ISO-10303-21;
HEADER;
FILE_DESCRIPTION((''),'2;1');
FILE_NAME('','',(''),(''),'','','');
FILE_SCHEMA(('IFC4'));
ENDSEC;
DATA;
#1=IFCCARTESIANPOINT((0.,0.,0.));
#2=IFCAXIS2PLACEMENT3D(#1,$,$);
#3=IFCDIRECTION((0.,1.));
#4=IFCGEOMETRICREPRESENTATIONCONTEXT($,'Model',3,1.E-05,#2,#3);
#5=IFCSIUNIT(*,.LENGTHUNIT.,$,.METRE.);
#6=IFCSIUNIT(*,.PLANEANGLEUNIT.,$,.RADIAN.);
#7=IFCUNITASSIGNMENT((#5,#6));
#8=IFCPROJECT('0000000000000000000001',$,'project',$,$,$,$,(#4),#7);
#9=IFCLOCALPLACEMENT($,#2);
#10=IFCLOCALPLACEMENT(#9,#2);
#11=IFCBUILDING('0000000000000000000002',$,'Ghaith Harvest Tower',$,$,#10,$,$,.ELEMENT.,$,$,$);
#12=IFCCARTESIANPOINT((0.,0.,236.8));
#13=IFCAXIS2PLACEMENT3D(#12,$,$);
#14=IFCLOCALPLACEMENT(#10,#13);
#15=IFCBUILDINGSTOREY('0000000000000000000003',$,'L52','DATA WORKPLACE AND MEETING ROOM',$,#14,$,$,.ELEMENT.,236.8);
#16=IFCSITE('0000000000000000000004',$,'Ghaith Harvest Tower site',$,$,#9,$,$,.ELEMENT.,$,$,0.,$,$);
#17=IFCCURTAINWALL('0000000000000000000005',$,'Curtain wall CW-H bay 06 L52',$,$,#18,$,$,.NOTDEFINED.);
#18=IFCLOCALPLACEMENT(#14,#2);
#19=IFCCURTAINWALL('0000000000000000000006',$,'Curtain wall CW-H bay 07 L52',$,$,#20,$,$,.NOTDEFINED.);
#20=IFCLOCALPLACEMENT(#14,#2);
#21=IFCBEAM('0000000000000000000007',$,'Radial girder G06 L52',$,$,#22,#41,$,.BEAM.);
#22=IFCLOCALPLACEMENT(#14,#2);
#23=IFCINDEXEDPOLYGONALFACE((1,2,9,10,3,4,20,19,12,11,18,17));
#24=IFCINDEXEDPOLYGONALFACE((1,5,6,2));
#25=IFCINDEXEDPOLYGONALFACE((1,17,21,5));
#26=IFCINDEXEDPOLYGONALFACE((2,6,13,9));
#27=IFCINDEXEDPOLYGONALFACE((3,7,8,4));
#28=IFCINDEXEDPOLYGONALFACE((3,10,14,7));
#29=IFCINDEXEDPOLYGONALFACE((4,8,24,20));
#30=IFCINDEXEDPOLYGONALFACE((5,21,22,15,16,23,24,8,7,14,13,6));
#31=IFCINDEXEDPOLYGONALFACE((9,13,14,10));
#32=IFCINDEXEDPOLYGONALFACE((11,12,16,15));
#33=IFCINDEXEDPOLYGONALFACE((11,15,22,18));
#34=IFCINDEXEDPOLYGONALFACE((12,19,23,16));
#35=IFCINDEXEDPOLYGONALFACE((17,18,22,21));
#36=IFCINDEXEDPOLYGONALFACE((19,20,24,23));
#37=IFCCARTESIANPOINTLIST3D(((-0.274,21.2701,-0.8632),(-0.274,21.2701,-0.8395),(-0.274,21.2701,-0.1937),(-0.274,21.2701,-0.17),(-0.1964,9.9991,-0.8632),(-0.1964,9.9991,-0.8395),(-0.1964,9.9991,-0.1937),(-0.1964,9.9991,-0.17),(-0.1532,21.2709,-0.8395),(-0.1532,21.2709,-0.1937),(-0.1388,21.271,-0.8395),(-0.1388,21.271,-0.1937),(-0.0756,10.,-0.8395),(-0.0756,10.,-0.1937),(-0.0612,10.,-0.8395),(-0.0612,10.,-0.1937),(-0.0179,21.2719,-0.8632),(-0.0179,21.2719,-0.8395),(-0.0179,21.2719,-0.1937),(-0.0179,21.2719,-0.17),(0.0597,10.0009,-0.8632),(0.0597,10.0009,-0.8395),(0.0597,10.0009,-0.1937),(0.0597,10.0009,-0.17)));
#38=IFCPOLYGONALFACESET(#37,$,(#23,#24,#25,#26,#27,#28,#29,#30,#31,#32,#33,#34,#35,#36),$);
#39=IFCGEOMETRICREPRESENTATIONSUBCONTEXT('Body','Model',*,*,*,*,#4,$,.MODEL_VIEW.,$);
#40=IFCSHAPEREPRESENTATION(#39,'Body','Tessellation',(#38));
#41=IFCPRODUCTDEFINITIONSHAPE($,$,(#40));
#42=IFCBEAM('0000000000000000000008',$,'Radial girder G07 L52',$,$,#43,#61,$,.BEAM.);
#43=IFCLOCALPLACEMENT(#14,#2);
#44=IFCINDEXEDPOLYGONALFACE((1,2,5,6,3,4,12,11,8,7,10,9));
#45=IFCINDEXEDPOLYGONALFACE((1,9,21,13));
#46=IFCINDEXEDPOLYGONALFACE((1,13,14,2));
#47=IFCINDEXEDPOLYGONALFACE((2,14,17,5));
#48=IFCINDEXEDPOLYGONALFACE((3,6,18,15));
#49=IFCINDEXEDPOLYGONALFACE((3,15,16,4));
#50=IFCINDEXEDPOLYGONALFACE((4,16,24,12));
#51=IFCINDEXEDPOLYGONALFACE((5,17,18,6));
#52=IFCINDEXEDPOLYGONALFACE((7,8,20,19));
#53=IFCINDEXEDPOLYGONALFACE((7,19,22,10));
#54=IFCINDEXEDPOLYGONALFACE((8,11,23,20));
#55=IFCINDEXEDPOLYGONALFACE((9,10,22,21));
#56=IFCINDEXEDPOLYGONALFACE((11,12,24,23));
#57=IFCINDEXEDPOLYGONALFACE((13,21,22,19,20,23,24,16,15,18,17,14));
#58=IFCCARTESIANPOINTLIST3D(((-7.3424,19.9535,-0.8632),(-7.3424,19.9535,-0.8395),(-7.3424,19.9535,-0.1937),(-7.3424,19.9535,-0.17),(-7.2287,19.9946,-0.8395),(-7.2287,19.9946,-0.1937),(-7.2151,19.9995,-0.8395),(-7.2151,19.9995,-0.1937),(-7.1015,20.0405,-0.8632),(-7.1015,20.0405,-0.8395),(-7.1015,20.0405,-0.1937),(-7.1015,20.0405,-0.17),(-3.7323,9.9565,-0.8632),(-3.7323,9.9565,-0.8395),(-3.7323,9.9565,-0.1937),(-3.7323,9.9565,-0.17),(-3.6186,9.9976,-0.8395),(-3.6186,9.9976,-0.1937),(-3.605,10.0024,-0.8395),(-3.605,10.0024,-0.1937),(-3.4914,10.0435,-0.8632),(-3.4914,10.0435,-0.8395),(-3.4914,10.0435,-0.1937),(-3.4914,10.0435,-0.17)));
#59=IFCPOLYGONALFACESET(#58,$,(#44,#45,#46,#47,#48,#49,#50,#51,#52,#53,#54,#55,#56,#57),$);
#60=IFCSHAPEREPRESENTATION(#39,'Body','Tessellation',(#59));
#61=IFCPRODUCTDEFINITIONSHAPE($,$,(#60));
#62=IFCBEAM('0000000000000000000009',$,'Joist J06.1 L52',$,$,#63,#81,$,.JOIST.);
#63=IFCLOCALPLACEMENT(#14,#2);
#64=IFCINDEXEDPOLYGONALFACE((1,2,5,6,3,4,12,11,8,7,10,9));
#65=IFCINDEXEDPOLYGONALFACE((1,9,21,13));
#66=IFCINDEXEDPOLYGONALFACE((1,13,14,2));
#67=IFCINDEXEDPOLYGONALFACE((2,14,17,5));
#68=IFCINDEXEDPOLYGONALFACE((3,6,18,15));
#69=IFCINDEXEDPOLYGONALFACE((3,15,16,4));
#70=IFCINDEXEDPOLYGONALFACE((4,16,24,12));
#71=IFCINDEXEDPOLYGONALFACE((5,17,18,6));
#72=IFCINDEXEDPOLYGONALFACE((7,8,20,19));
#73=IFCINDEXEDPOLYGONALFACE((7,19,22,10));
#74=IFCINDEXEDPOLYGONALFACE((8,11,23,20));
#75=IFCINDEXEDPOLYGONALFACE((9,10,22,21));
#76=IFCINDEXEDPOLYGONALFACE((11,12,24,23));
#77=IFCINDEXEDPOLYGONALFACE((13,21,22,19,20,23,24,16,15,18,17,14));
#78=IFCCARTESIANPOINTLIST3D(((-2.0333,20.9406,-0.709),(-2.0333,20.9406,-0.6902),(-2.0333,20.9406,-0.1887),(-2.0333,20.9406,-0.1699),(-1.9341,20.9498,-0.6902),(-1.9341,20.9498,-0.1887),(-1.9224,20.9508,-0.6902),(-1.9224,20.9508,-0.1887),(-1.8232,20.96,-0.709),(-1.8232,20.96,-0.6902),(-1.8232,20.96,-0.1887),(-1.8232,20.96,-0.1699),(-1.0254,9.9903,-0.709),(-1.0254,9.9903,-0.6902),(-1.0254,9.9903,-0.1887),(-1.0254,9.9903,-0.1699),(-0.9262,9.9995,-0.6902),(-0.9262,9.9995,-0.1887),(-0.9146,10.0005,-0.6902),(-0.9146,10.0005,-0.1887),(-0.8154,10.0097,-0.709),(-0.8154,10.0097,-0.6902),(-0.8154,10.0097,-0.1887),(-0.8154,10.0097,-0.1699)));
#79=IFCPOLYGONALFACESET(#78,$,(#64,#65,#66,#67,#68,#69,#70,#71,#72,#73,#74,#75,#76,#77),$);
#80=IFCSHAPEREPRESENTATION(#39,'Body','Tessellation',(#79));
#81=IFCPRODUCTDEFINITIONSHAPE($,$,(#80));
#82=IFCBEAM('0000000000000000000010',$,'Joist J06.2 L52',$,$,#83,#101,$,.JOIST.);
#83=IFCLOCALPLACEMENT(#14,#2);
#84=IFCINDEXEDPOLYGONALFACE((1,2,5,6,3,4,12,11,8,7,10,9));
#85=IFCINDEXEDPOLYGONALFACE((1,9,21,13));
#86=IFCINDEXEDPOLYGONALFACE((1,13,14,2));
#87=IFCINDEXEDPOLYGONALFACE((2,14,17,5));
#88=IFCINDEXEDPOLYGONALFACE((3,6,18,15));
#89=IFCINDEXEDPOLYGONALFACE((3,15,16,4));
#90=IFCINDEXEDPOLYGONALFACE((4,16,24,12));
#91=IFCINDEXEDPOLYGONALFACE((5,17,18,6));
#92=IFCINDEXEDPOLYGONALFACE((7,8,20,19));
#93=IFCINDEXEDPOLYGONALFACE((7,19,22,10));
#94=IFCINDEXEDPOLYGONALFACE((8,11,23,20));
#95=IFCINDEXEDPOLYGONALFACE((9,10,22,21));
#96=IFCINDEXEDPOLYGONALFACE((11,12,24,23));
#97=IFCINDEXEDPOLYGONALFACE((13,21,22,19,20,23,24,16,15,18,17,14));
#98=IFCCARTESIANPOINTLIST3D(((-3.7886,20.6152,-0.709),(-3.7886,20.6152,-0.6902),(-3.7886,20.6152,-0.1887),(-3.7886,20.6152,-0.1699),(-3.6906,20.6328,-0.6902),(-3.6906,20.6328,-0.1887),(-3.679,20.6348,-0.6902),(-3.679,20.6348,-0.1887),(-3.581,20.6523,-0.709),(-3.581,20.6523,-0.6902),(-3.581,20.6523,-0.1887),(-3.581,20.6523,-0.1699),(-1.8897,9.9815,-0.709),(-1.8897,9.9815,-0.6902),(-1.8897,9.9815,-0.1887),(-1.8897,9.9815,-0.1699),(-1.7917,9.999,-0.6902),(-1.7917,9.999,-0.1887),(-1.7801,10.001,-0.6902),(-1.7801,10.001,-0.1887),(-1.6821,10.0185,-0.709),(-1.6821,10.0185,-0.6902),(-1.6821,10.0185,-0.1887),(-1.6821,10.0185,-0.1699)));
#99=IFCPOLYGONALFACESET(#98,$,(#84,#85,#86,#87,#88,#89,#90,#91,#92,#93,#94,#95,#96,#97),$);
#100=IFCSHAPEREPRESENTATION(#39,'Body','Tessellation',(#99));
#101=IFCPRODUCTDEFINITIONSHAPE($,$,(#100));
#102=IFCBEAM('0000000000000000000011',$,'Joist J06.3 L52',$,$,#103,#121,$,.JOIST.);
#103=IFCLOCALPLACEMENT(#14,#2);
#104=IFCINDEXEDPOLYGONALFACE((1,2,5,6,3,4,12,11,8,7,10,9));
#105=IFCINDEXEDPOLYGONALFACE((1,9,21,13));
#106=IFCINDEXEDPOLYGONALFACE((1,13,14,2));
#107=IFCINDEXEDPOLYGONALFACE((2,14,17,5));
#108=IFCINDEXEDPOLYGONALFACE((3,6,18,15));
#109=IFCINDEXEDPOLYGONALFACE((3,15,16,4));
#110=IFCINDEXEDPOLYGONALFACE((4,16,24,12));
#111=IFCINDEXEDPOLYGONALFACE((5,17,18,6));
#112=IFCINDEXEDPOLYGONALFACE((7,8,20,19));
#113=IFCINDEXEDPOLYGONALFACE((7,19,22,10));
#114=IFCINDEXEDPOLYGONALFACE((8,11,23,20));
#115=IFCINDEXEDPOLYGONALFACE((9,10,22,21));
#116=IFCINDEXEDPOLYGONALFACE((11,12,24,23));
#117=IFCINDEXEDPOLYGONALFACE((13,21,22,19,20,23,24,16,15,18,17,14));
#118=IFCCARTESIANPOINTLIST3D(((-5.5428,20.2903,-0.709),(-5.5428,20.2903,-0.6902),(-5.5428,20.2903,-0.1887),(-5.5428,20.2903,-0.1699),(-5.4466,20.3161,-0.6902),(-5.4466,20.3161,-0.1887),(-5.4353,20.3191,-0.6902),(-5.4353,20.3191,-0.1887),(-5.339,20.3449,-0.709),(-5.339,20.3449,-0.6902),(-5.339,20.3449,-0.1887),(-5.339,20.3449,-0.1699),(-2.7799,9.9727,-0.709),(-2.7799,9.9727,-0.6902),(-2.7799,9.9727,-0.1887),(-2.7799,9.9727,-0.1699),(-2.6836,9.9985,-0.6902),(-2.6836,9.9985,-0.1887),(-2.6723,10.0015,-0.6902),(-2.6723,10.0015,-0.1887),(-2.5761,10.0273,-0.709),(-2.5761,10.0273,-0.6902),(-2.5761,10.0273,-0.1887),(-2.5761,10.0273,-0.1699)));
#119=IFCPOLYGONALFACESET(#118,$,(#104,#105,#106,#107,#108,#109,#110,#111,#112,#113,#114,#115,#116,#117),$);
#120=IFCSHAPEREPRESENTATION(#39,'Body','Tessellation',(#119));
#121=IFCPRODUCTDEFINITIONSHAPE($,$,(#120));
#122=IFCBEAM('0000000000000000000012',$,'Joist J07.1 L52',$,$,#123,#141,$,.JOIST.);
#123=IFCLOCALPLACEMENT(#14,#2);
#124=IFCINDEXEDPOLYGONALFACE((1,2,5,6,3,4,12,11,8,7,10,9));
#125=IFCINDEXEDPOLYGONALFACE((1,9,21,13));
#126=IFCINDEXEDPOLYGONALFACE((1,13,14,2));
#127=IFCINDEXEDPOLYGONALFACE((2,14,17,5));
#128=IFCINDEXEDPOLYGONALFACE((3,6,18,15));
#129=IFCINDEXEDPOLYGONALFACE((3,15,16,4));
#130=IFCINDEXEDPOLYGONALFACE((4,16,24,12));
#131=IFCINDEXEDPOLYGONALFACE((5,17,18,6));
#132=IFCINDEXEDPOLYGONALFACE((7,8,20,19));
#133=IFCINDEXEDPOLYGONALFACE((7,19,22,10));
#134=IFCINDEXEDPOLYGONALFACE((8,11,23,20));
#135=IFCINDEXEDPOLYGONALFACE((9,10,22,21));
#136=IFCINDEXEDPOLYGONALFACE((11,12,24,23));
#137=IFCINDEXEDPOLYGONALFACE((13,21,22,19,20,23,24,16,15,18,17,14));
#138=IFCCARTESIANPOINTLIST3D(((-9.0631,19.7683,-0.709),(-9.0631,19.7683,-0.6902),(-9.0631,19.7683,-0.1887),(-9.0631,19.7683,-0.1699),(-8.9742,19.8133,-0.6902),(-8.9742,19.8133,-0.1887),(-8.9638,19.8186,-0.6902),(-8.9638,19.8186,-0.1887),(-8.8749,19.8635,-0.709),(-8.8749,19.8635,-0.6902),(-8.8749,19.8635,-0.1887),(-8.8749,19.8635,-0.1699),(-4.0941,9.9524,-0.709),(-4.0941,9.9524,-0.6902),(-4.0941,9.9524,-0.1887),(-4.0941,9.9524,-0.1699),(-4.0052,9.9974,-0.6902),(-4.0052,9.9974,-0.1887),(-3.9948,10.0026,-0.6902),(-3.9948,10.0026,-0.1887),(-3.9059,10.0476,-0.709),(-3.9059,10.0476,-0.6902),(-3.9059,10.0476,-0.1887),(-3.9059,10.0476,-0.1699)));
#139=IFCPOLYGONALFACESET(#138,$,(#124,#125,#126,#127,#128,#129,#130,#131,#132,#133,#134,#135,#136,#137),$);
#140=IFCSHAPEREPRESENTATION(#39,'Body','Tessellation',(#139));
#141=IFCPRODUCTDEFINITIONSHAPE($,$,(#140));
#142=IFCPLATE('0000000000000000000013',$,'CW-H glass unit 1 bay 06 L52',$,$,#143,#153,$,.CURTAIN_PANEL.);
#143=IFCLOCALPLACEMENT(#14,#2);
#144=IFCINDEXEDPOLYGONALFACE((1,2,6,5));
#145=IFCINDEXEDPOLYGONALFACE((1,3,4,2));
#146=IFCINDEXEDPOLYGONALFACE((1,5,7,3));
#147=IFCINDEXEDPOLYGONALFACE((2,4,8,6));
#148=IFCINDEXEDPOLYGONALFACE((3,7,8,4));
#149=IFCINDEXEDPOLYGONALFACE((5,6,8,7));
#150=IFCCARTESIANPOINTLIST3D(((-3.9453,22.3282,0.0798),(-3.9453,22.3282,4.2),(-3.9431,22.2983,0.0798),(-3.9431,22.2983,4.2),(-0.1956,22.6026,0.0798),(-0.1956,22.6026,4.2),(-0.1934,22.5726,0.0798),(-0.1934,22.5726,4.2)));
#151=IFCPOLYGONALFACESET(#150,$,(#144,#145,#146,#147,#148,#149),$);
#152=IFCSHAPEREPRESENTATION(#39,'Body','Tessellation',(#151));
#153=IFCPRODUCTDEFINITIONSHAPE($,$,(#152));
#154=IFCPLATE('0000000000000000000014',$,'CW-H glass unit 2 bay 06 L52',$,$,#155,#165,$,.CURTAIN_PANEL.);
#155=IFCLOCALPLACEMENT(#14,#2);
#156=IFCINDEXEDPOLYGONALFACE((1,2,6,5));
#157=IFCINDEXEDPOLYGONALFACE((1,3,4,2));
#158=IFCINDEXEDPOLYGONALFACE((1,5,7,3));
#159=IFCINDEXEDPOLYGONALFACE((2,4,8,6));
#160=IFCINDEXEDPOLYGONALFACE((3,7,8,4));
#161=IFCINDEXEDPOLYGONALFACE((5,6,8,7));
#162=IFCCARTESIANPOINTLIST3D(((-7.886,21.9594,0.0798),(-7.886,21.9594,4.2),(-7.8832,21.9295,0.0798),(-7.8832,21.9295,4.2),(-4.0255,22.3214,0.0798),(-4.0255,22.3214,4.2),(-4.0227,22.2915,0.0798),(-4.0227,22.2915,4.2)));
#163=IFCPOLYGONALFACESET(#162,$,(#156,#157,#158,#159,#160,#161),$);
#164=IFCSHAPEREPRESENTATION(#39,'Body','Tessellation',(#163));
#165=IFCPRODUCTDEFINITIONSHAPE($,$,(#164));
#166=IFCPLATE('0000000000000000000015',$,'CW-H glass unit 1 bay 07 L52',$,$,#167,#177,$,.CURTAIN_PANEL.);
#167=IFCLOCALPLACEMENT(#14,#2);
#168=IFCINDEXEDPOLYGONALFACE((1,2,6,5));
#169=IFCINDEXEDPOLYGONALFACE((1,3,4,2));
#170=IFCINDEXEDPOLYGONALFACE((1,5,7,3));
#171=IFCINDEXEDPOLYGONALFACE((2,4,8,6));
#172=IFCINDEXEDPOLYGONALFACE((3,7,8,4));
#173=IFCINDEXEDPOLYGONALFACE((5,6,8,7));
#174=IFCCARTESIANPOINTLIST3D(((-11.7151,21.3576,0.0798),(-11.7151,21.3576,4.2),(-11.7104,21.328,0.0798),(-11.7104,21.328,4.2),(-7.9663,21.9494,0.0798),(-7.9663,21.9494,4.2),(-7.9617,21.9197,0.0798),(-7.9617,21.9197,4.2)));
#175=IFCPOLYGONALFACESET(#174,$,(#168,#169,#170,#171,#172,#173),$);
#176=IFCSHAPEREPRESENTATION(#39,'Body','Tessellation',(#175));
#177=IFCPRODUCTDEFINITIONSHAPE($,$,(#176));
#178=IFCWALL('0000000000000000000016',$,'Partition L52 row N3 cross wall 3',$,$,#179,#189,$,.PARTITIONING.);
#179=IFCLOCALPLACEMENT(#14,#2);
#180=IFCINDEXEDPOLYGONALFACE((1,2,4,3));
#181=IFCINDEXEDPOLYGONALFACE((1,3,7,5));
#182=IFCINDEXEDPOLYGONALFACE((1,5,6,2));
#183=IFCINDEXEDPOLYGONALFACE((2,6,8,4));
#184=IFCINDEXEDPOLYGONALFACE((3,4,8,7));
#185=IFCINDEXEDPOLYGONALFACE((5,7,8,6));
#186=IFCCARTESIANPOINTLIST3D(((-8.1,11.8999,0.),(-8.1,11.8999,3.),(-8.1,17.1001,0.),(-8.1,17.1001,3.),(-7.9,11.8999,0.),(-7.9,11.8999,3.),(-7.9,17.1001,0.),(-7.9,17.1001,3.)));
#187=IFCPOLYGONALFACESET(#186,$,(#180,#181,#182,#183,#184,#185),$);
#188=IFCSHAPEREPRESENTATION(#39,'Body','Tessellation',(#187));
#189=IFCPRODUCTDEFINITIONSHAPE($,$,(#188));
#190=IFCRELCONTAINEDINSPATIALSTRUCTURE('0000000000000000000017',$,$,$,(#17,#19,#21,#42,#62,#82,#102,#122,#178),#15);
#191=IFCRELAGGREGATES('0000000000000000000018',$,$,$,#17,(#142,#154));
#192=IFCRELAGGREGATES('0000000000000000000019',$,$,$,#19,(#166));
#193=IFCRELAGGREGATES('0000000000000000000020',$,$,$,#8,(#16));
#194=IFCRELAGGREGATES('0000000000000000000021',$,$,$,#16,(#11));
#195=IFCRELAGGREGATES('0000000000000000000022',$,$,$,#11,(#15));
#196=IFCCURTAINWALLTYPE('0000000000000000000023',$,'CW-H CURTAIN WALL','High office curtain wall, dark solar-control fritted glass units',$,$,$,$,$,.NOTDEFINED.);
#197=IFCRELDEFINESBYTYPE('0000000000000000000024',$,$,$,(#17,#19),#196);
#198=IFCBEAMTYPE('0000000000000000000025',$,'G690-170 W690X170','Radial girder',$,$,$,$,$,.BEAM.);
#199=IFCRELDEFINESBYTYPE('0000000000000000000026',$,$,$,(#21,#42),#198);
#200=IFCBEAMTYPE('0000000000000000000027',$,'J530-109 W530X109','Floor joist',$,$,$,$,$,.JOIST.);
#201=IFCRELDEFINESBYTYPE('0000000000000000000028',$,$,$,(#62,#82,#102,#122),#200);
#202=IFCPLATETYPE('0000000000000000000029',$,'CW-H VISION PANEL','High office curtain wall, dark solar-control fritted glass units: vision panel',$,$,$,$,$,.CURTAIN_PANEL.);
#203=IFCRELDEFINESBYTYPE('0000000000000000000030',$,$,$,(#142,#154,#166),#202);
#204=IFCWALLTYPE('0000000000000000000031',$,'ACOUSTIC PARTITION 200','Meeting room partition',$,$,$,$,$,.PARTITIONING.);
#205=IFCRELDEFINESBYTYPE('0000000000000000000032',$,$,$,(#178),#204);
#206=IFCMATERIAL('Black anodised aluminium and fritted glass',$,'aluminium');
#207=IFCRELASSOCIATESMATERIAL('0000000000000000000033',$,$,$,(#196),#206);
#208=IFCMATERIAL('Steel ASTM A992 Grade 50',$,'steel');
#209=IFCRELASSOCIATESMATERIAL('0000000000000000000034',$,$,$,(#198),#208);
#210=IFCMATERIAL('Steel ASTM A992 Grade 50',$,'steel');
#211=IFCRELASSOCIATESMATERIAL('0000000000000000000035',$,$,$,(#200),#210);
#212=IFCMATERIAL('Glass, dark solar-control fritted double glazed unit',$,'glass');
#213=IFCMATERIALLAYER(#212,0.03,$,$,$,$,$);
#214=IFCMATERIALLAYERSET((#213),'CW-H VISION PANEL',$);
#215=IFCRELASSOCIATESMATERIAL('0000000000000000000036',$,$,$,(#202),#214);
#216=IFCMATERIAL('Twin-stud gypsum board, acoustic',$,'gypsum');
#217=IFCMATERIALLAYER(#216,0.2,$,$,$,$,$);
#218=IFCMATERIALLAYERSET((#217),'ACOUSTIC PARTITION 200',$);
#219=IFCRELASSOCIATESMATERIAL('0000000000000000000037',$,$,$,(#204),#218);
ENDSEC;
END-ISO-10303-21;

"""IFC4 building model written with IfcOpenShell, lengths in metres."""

from ifc_helpers import new_model, si_unit, direction, frame, frame_2d, origin, origin_2d, place, context, subcontext, project, spatial, rectangle, i_section, extrude, material, layer, layer_set, material_profile, profile_set, type_object, element, aggregate, save


model = new_model("IFC4")

# Units and contexts
model_context = context("Model", 3, precision=1e-05, world=origin(), true_north=direction((0.0, 1.0)))
body_context = subcontext(model_context, "Body", "Model", "MODEL_VIEW")
ifc_project = project(units=[si_unit("LENGTHUNIT", "METRE"), si_unit("PLANEANGLEUNIT", "RADIAN")], contexts=[model_context])

# Site, building, storey
site_placement = place(None, origin())
site = spatial("IfcSite", under=ifc_project, at=site_placement, Name="Ghaith Harvest Tower site", CompositionType="ELEMENT", RefElevation=0.0)
building_placement = place(site_placement, origin())
building = spatial("IfcBuilding", under=site, at=building_placement, Name="Ghaith Harvest Tower", CompositionType="ELEMENT")
storey_placement = place(building_placement, frame((0.0, 0.0, 236.8)))
storey = spatial("IfcBuildingStorey", under=building, at=storey_placement, Name="L52", Description="DATA WORKPLACE AND MEETING ROOM", CompositionType="ELEMENT", Elevation=236.8)

# Curtain walls
ifc_material_1 = material(Name="Black anodised aluminium and fritted glass", Category="aluminium")
curtain_wall_type = type_object("IfcCurtainWallType", Name="CW-H CURTAIN WALL", Description="High office curtain wall, dark solar-control fritted glass units", PredefinedType="NOTDEFINED", material=ifc_material_1)
curtain_wall_1_placement = place(storey_placement, origin())
curtain_wall_1 = element("IfcCurtainWall", 1, at=curtain_wall_1_placement, inside=storey, type_object=curtain_wall_type, Name="Curtain wall CW-H bay 06 L52", PredefinedType="NOTDEFINED")
curtain_wall_2_placement = place(storey_placement, origin())
curtain_wall_2 = element("IfcCurtainWall", 2, at=curtain_wall_2_placement, inside=storey, type_object=curtain_wall_type, Name="Curtain wall CW-H bay 07 L52", PredefinedType="NOTDEFINED")

# Beams
ifc_material_2 = material(Name="Steel ASTM A992 Grade 50", Category="steel")
ifc_material_profile_1 = material_profile(ifc_material_2, i_section(OverallWidth=0.2561, OverallDepth=0.6931, WebThickness=0.0144, FlangeThickness=0.0237, at=origin_2d()), Name="W690X170")
ifc_profile_set_1 = profile_set([ifc_material_profile_1], Name="Steel ASTM A992 Grade 50")
beam_type_1 = type_object("IfcBeamType", Name="G690-170 W690X170", Description="Radial girder", PredefinedType="BEAM", material=ifc_profile_set_1)
beam_1_placement = place(storey_placement, frame((-0.0684, 10.0, -0.5166), z_axis=(-0.006888, 0.999976, 0.0), x_axis=(-0.999976, -0.006888, 0.0)))
element("IfcBeam", 3, at=beam_1_placement, inside=storey, type_object=beam_type_1, Name="Radial girder G06 L52", PredefinedType="BEAM", context=body_context, shape_type="SweptSolid", body=[
    extrude(i_section(OverallWidth=0.2561, OverallDepth=0.6931, WebThickness=0.0144, FlangeThickness=0.0237, at=origin_2d()), origin(), (0.0, 0.0, 1.0), 11.2712),
])
beam_2_placement = place(storey_placement, frame((-3.6118, 10.0, -0.5166), z_axis=(-0.339649, 0.940552, 0.0), x_axis=(-0.940552, -0.339649, 0.0)))
element("IfcBeam", 4, at=beam_2_placement, inside=storey, type_object=beam_type_1, Name="Radial girder G07 L52", PredefinedType="BEAM", context=body_context, shape_type="SweptSolid", body=[
    extrude(i_section(OverallWidth=0.2561, OverallDepth=0.6931, WebThickness=0.0144, FlangeThickness=0.0237, at=origin_2d()), origin(), (0.0, 0.0, 1.0), 10.6289),
])
ifc_material_3 = material(Name="Steel ASTM A992 Grade 50", Category="steel")
ifc_material_profile_2 = material_profile(ifc_material_3, i_section(OverallWidth=0.2109, OverallDepth=0.5391, WebThickness=0.0117, FlangeThickness=0.0188, at=origin_2d()), Name="W530X109")
ifc_profile_set_2 = profile_set([ifc_material_profile_2], Name="Steel ASTM A992 Grade 50")
beam_type_2 = type_object("IfcBeamType", Name="J530-109 W530X109", Description="Floor joist", PredefinedType="JOIST", material=ifc_profile_set_2)
beam_3_placement = place(storey_placement, frame((-0.9204, 10.0, -0.4395), z_axis=(-0.091649, 0.995791, 0.0), x_axis=(-0.995791, -0.091649, 0.0)))
element("IfcBeam", 5, at=beam_3_placement, inside=storey, type_object=beam_type_2, Name="Joist J06.1 L52", PredefinedType="JOIST", context=body_context, shape_type="SweptSolid", body=[
    extrude(i_section(OverallWidth=0.2109, OverallDepth=0.5391, WebThickness=0.0117, FlangeThickness=0.0188, at=origin_2d()), origin(), (0.0, 0.0, 1.0), 10.9966),
])
beam_4_placement = place(storey_placement, frame((-1.7859, 10.0, -0.4395), z_axis=(-0.175794, 0.984427, 0.0), x_axis=(-0.984427, -0.175794, 0.0)))
element("IfcBeam", 6, at=beam_4_placement, inside=storey, type_object=beam_type_2, Name="Joist J06.2 L52", PredefinedType="JOIST", context=body_context, shape_type="SweptSolid", body=[
    extrude(i_section(OverallWidth=0.2109, OverallDepth=0.5391, WebThickness=0.0117, FlangeThickness=0.0188, at=origin_2d()), origin(), (0.0, 0.0, 1.0), 10.802),
])
beam_5_placement = place(storey_placement, frame((-2.678, 10.0, -0.4395), z_axis=(-0.258674, 0.965965, 0.0), x_axis=(-0.965965, -0.258674, 0.0)))
element("IfcBeam", 7, at=beam_5_placement, inside=storey, type_object=beam_type_2, Name="Joist J06.3 L52", PredefinedType="JOIST", context=body_context, shape_type="SweptSolid", body=[
    extrude(i_section(OverallWidth=0.2109, OverallDepth=0.5391, WebThickness=0.0117, FlangeThickness=0.0188, at=origin_2d()), origin(), (0.0, 0.0, 1.0), 10.6812),
])
beam_6_placement = place(storey_placement, frame((-4.0, 10.0, -0.4395), z_axis=(-0.451646, 0.892197, 0.0), x_axis=(-0.892197, -0.451646, 0.0)))
element("IfcBeam", 8, at=beam_6_placement, inside=storey, type_object=beam_type_2, Name="Joist J07.1 L52", PredefinedType="JOIST", context=body_context, shape_type="SweptSolid", body=[
    extrude(i_section(OverallWidth=0.2109, OverallDepth=0.5391, WebThickness=0.0117, FlangeThickness=0.0188, at=origin_2d()), origin(), (0.0, 0.0, 1.0), 11.002),
])

# Plates
ifc_material_4 = material(Name="Glass, dark solar-control fritted double glazed unit", Category="glass")
ifc_layer_1 = layer(ifc_material_4, 0.03)
ifc_layer_set_1 = layer_set([ifc_layer_1], Name="CW-H VISION PANEL")
plate_type = type_object("IfcPlateType", Name="CW-H VISION PANEL", Description="High office curtain wall, dark solar-control fritted glass units: vision panel", PredefinedType="CURTAIN_PANEL", material=ifc_layer_set_1)
plate_1_placement = place(storey_placement, frame((-2.0693, 22.4504, 0.0798), z_axis=(0.0, 0.0, 1.0), x_axis=(-0.997334, -0.072966, 0.0)))
plate_1 = element("IfcPlate", 9, at=plate_1_placement, type_object=plate_type, Name="CW-H glass unit 1 bay 06 L52", PredefinedType="CURTAIN_PANEL", context=body_context, shape_type="SweptSolid", body=[
    extrude(rectangle(XDim=3.7598, YDim=0.03, at=origin_2d()), origin(), (0.0, 0.0, 1.0), 4.1201),
])
plate_2_placement = place(storey_placement, frame((-5.9543, 22.1255, 0.0798), z_axis=(0.0, 0.0, 1.0), x_axis=(-0.995632, -0.093365, 0.0)))
plate_2 = element("IfcPlate", 10, at=plate_2_placement, type_object=plate_type, Name="CW-H glass unit 2 bay 06 L52", PredefinedType="CURTAIN_PANEL", context=body_context, shape_type="SweptSolid", body=[
    extrude(rectangle(XDim=3.8774, YDim=0.03, at=origin_2d()), origin(), (0.0, 0.0, 1.0), 4.1201),
])
aggregate(curtain_wall_1, [plate_1, plate_2])
plate_3_placement = place(storey_placement, frame((-9.8384, 21.6387, 0.0798), z_axis=(0.0, 0.0, 1.0), x_axis=(-0.98777, -0.155916, 0.0)))
plate_3 = element("IfcPlate", 11, at=plate_3_placement, type_object=plate_type, Name="CW-H glass unit 1 bay 07 L52", PredefinedType="CURTAIN_PANEL", context=body_context, shape_type="SweptSolid", body=[
    extrude(rectangle(XDim=3.7952, YDim=0.03, at=origin_2d()), origin(), (0.0, 0.0, 1.0), 4.1201),
])
aggregate(curtain_wall_2, [plate_3])

# Wall
ifc_material_5 = material(Name="Twin-stud gypsum board, acoustic", Category="gypsum")
ifc_layer_2 = layer(ifc_material_5, 0.2)
ifc_layer_set_2 = layer_set([ifc_layer_2], Name="ACOUSTIC PARTITION 200")
wall_type = type_object("IfcWallType", Name="ACOUSTIC PARTITION 200", Description="Meeting room partition", PredefinedType="PARTITIONING", material=ifc_layer_set_2)
for number, where, z_axis, x_axis, name in (
    (12, (-8.0, 11.8999, 0.0), (0.0, 0.0, 1.0), (0.0, 1.0, 0.0), "Partition L52 row N3 cross wall 3"),
):
    element("IfcWall", number, at=place(storey_placement, frame(where, z_axis=z_axis, x_axis=x_axis)), inside=storey, type_object=wall_type, Name=name, PredefinedType="PARTITIONING", context=body_context, shape_type="SweptSolid", body=[
        extrude(rectangle(XDim=5.2002, YDim=0.2, at=frame_2d((2.6001, 0.0))), origin(), (0.0, 0.0, 1.0), 3.0),
    ])

save(model, "model.ifc")
